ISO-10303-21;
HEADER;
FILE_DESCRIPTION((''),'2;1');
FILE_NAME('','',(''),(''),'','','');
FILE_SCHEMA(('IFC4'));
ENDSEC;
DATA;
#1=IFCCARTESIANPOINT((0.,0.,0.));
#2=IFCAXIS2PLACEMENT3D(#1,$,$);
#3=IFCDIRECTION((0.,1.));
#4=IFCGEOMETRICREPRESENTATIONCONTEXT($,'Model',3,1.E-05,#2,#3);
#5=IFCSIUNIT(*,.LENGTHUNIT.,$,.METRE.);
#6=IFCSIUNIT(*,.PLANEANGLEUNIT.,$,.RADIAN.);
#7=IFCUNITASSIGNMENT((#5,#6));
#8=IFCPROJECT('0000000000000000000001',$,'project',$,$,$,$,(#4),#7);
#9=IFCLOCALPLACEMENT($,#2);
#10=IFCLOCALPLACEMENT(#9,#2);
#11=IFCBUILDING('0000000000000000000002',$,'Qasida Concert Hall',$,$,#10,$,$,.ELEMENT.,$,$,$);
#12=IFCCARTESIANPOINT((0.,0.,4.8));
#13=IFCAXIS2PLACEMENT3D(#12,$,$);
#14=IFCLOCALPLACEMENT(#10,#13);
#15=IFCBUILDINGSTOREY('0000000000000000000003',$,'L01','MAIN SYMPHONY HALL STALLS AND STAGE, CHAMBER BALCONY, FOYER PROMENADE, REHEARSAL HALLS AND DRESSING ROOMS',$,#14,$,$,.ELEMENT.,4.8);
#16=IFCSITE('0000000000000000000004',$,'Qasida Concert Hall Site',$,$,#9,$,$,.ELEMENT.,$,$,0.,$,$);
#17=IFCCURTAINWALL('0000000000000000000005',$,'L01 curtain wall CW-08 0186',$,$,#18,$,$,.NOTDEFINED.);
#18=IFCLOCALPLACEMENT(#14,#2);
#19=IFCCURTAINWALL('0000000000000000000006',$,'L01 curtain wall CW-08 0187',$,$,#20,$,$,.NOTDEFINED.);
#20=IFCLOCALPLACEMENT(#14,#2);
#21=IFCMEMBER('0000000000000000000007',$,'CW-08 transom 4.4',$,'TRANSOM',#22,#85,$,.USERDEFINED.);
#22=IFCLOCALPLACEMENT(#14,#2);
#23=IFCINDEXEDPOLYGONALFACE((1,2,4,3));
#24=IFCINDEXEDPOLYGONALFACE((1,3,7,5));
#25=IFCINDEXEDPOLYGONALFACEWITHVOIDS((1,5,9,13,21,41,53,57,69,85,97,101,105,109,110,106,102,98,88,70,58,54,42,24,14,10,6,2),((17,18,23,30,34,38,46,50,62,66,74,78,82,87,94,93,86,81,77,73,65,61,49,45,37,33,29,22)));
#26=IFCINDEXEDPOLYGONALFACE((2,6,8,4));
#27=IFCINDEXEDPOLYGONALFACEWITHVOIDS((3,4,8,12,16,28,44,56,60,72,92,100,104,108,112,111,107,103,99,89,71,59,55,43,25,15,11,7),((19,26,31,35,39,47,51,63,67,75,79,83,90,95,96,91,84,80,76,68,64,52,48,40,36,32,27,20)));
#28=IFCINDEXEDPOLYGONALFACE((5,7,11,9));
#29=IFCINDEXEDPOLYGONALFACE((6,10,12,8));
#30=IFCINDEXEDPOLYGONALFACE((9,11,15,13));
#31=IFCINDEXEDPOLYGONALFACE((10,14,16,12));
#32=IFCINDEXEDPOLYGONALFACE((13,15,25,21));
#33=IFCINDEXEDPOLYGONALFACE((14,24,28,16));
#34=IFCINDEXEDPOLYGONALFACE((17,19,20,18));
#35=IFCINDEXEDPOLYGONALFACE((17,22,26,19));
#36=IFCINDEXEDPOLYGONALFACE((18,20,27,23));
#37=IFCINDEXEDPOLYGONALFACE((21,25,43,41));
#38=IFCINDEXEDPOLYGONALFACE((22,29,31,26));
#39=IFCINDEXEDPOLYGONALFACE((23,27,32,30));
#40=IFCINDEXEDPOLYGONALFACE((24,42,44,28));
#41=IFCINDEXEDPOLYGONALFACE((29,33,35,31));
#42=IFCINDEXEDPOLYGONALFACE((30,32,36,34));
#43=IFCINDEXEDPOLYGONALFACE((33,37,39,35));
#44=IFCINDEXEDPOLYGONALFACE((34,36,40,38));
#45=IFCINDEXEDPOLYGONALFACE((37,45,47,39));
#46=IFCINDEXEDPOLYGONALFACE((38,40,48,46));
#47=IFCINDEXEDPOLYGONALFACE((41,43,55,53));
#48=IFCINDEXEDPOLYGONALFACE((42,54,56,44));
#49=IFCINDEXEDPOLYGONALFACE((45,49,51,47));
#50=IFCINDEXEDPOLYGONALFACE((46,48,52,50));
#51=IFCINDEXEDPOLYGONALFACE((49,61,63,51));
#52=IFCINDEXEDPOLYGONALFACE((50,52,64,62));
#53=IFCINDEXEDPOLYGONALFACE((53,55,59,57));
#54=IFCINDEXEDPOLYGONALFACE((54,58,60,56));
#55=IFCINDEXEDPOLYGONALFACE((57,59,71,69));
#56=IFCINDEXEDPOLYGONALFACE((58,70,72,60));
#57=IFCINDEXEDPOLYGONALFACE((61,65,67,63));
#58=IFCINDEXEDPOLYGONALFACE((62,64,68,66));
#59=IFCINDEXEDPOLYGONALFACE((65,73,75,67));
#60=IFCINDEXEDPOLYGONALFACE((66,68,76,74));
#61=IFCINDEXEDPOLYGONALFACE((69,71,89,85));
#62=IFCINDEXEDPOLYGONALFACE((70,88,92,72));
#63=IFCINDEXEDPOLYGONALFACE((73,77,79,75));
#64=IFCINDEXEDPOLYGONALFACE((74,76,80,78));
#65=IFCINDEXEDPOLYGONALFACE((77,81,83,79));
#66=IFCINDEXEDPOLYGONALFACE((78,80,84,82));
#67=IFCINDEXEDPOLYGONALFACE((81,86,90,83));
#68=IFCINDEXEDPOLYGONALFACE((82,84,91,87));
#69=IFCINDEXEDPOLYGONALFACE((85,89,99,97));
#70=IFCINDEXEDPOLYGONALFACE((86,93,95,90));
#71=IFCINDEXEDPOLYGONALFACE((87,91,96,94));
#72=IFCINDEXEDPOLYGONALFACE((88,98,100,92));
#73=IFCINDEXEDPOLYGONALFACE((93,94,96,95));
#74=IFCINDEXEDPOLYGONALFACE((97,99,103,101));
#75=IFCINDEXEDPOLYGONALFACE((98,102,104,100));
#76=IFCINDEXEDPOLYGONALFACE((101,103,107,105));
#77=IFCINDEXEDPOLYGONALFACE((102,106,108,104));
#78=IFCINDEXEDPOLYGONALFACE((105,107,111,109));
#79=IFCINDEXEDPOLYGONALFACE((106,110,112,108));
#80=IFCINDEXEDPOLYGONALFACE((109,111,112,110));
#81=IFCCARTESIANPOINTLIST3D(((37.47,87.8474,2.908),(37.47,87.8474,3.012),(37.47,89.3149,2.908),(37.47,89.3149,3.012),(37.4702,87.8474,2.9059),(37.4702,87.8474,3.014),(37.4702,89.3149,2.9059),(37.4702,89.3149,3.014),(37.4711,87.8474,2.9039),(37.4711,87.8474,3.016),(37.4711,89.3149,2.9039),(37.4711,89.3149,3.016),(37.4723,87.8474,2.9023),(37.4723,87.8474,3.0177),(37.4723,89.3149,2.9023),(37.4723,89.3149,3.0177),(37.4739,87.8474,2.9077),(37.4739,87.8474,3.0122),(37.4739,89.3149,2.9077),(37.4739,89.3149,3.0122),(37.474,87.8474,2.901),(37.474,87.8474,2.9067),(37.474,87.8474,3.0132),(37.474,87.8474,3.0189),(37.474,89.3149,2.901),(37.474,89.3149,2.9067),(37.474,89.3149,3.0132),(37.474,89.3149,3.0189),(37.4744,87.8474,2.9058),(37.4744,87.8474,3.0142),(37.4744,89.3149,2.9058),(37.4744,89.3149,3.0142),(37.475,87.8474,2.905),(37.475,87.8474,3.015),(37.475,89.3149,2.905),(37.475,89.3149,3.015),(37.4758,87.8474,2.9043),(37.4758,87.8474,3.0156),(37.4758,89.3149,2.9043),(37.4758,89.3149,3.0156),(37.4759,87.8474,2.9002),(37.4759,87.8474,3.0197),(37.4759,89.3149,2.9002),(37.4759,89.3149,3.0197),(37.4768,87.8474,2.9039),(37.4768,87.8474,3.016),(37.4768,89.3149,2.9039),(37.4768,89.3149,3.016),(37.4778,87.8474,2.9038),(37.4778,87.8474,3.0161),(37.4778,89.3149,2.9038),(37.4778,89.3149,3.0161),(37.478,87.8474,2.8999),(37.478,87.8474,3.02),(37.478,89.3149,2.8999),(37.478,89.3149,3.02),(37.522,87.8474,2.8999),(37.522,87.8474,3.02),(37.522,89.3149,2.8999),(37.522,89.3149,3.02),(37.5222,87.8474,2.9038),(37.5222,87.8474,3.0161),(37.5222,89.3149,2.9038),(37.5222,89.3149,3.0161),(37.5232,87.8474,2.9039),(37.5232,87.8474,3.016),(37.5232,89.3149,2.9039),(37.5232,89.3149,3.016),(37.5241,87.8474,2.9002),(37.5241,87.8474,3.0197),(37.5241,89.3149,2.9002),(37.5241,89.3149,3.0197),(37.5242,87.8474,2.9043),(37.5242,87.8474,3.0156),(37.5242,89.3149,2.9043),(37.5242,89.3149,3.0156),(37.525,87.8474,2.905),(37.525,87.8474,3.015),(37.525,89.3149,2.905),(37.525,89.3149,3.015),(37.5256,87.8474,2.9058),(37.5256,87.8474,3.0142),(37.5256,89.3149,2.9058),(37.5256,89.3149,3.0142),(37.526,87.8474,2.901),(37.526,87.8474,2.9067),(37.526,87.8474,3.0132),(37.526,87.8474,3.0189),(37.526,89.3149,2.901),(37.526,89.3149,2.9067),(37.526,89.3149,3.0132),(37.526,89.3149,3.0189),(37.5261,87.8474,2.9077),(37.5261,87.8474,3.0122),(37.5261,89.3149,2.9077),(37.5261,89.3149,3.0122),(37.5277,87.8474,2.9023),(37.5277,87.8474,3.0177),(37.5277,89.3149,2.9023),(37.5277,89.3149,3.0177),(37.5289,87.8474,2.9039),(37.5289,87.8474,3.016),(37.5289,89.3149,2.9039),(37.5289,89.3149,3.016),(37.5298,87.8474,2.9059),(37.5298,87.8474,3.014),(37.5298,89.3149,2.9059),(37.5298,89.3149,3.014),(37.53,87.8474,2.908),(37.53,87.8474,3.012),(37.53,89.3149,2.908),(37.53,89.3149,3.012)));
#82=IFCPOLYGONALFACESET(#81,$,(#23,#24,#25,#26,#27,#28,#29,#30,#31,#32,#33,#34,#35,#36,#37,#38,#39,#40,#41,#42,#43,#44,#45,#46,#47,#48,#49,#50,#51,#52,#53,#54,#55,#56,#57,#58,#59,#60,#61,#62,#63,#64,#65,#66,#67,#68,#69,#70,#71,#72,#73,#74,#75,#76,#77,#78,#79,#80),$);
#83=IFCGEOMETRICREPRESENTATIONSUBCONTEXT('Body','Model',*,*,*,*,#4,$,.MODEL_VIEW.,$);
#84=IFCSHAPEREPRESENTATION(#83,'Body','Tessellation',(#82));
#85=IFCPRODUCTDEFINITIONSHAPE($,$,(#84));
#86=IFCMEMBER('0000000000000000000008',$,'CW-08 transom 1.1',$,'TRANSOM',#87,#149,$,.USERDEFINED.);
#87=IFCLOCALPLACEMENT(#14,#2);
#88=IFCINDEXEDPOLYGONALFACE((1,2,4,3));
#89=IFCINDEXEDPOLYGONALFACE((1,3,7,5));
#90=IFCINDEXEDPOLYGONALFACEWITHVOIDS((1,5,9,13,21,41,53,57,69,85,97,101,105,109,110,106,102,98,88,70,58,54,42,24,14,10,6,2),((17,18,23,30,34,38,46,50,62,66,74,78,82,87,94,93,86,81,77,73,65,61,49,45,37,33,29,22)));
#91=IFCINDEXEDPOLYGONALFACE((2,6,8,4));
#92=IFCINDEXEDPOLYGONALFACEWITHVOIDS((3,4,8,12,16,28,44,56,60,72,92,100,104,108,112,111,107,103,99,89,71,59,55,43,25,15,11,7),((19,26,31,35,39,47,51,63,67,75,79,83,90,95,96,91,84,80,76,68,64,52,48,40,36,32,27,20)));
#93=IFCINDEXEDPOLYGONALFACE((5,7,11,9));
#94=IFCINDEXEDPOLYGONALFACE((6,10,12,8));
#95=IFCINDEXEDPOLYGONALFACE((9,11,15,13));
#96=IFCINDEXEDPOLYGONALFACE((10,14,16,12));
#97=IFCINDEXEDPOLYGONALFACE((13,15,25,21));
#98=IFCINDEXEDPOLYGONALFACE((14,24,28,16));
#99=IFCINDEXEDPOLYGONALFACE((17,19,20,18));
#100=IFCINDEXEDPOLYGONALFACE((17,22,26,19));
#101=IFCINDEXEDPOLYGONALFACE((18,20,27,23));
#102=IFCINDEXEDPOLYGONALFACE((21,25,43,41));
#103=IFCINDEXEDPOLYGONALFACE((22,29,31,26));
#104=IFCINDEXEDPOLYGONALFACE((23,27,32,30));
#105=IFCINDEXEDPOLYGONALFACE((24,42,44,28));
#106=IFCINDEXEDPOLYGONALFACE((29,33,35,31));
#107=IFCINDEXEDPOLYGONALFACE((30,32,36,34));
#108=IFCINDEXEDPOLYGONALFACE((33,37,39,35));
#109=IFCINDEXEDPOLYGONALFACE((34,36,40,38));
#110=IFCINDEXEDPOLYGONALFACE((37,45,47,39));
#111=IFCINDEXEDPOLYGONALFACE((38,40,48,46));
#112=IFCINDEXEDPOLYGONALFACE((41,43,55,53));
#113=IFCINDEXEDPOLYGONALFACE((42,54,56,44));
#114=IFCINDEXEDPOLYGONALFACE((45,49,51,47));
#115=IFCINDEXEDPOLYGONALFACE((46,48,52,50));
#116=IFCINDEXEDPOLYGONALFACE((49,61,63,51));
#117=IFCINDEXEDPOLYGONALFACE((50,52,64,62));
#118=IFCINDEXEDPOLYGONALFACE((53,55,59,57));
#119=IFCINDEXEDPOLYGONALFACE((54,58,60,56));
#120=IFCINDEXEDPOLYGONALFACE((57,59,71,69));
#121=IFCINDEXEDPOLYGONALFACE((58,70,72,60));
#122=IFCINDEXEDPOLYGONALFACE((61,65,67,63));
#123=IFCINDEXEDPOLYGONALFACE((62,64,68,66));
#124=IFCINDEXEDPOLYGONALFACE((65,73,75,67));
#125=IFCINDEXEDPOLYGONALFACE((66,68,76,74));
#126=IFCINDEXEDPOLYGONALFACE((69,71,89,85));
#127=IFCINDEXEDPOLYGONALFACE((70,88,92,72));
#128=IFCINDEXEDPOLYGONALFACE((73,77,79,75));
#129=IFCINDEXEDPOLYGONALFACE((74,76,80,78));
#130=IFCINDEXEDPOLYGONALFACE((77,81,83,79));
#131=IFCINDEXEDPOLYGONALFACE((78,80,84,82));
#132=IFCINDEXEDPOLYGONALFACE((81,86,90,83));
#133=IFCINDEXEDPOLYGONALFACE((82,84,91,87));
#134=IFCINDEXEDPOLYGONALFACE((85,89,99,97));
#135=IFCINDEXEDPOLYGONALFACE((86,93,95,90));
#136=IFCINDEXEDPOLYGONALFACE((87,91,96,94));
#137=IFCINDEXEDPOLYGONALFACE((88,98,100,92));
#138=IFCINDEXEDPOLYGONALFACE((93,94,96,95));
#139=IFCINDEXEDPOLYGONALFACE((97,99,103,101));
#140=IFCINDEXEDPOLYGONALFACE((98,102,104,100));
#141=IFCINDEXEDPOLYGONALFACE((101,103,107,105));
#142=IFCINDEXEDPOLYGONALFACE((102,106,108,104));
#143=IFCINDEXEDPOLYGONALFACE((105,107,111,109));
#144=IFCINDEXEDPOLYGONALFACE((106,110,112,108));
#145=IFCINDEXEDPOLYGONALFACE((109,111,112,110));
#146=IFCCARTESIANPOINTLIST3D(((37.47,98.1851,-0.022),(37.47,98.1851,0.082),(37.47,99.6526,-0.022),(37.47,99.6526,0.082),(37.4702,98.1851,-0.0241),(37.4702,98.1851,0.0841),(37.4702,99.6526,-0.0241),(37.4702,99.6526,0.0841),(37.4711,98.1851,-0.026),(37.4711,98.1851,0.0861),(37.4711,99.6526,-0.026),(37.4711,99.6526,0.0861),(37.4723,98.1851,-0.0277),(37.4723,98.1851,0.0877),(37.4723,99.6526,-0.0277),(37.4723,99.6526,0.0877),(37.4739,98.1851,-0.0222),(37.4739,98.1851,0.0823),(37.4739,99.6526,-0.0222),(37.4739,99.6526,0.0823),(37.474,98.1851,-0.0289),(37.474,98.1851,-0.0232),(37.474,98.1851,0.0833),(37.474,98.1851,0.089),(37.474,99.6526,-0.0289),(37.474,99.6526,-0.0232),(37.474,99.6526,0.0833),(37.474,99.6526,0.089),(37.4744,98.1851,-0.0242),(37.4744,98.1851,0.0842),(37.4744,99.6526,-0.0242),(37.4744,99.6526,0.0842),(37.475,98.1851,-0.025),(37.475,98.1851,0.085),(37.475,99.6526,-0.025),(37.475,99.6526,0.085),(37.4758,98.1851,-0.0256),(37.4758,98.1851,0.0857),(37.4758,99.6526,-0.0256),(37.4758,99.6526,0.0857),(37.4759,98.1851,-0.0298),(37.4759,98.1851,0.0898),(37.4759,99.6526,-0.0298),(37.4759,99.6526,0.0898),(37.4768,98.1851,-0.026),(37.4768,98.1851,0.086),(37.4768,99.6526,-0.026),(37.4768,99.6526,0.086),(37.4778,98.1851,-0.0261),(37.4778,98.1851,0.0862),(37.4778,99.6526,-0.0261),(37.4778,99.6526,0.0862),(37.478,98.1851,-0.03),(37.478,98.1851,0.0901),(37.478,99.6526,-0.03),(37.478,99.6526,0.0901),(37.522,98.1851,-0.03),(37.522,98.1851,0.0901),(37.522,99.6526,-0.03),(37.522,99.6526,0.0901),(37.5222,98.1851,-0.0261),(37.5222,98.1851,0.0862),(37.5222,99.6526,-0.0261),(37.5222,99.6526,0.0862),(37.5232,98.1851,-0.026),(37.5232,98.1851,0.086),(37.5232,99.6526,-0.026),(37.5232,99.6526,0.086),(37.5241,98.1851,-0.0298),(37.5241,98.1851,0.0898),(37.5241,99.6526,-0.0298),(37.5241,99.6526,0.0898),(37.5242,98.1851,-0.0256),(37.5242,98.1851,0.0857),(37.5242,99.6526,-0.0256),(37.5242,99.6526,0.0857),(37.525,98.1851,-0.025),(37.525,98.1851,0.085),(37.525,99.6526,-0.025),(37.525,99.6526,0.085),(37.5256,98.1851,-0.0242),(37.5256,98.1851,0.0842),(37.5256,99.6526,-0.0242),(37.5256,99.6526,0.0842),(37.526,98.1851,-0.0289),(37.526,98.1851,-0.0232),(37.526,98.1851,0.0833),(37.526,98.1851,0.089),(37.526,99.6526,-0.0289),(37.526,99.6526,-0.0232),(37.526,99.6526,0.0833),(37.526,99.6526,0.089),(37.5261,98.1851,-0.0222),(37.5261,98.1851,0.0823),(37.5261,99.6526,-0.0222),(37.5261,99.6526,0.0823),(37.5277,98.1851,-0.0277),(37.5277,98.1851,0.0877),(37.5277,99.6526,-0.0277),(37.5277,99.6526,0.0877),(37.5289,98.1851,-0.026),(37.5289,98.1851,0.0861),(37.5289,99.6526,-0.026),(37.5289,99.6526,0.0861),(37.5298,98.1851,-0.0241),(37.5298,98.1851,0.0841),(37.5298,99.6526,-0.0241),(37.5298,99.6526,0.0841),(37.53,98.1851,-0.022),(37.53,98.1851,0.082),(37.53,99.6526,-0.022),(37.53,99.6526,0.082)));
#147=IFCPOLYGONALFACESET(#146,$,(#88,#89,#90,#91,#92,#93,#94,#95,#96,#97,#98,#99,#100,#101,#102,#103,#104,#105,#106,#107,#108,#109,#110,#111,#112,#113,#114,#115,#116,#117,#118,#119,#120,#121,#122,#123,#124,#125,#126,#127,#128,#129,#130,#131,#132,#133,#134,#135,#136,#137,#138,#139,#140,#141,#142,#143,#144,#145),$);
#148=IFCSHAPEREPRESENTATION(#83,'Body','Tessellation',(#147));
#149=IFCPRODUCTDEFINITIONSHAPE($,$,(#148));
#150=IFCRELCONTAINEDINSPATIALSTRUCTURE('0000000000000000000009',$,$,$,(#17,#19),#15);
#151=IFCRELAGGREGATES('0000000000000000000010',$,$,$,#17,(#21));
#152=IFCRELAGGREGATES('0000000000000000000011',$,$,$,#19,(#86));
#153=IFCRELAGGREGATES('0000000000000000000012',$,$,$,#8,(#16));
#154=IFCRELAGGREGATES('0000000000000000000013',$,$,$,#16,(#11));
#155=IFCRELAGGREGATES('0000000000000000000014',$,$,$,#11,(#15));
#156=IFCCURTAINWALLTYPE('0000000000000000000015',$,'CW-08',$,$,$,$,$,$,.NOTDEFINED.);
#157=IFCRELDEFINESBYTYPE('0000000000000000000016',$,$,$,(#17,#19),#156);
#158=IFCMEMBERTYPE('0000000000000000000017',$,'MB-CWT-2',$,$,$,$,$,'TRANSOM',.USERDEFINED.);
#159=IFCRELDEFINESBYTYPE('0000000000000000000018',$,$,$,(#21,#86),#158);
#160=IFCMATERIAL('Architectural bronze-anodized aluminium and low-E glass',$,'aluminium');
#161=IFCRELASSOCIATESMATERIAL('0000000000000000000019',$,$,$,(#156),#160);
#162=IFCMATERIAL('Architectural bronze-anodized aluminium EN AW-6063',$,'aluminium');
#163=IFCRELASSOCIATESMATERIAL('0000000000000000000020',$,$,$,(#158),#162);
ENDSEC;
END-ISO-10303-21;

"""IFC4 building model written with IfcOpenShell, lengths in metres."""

from ifc_helpers import new_model, si_unit, direction, frame, origin, origin_2d, place, context, subcontext, project, spatial, hollow_rectangle, extrude, material, material_profile, profile_set, type_object, element, aggregate, save


model = new_model("IFC4")

# Units and contexts
model_context = context("Model", 3, precision=1e-05, world=origin(), true_north=direction((0.0, 1.0)))
body_context = subcontext(model_context, "Body", "Model", "MODEL_VIEW")
ifc_project = project(units=[si_unit("LENGTHUNIT", "METRE"), si_unit("PLANEANGLEUNIT", "RADIAN")], contexts=[model_context])

# Site, building, storey
site_placement = place(None, origin())
site = spatial("IfcSite", under=ifc_project, at=site_placement, Name="Qasida Concert Hall Site", CompositionType="ELEMENT", RefElevation=0.0)
building_placement = place(site_placement, origin())
building = spatial("IfcBuilding", under=site, at=building_placement, Name="Qasida Concert Hall", CompositionType="ELEMENT")
storey_placement = place(building_placement, frame((0.0, 0.0, 4.8)))
storey = spatial("IfcBuildingStorey", under=building, at=storey_placement, Name="L01", Description="MAIN SYMPHONY HALL STALLS AND STAGE, CHAMBER BALCONY, FOYER PROMENADE, REHEARSAL HALLS AND DRESSING ROOMS", CompositionType="ELEMENT", Elevation=4.8)

# Curtain walls
ifc_material_1 = material(Name="Architectural bronze-anodized aluminium and low-E glass", Category="aluminium")
curtain_wall_type = type_object("IfcCurtainWallType", Name="CW-08", PredefinedType="NOTDEFINED", material=ifc_material_1)
curtain_wall_1_placement = place(storey_placement, origin())
curtain_wall_1 = element("IfcCurtainWall", 1, at=curtain_wall_1_placement, inside=storey, type_object=curtain_wall_type, Name="L01 curtain wall CW-08 0186", PredefinedType="NOTDEFINED")
ifc_material_2 = material(Name="Architectural bronze-anodized aluminium EN AW-6063", Category="aluminium")
curtain_wall_2_placement = place(storey_placement, origin())
curtain_wall_2 = element("IfcCurtainWall", 2, at=curtain_wall_2_placement, inside=storey, type_object=curtain_wall_type, Name="L01 curtain wall CW-08 0187", PredefinedType="NOTDEFINED")

# Members
ifc_material_profile_1 = material_profile(ifc_material_2, hollow_rectangle(XDim=0.0601, YDim=0.1201, WallThickness=0.0039, InnerFilletRadius=0.0039, OuterFilletRadius=0.0081, at=origin_2d()), Name="CWT 120x60x4")
ifc_profile_set_1 = profile_set([ifc_material_profile_1], Name="Architectural bronze-anodized aluminium EN AW-6063")
member_type_1 = type_object("IfcMemberType", Name="MB-CWT-2", ElementType="TRANSOM", PredefinedType="USERDEFINED", material=ifc_profile_set_1)
member_1_placement = place(storey_placement, frame((37.5, 87.8474, 2.96), z_axis=(0.0, 1.0, 0.0), x_axis=(-1.0, 0.0, 0.0)))
member_1 = element("IfcMember", 3, at=member_1_placement, type_object=member_type_1, Name="CW-08 transom 4.4", ObjectType="TRANSOM", PredefinedType="USERDEFINED", context=body_context, shape_type="SweptSolid", body=[
    extrude(hollow_rectangle(XDim=0.0601, YDim=0.1201, WallThickness=0.0039, InnerFilletRadius=0.0039, OuterFilletRadius=0.0081, at=origin_2d()), origin(), (0.0, 0.0, 1.0), 1.4675),
])
member_2_placement = place(storey_placement, frame((37.5, 98.1851, 0.03), z_axis=(0.0, 1.0, 0.0), x_axis=(-1.0, 0.0, 0.0)))
member_2 = element("IfcMember", 4, at=member_2_placement, type_object=member_type_1, Name="CW-08 transom 1.1", ObjectType="TRANSOM", PredefinedType="USERDEFINED", context=body_context, shape_type="SweptSolid", body=[
    extrude(hollow_rectangle(XDim=0.0601, YDim=0.1201, WallThickness=0.0039, InnerFilletRadius=0.0039, OuterFilletRadius=0.0081, at=origin_2d()), origin(), (0.0, 0.0, 1.0), 1.4675),
])

aggregate(curtain_wall_1, [member_1])
aggregate(curtain_wall_2, [member_2])

save(model, "model.ifc")
